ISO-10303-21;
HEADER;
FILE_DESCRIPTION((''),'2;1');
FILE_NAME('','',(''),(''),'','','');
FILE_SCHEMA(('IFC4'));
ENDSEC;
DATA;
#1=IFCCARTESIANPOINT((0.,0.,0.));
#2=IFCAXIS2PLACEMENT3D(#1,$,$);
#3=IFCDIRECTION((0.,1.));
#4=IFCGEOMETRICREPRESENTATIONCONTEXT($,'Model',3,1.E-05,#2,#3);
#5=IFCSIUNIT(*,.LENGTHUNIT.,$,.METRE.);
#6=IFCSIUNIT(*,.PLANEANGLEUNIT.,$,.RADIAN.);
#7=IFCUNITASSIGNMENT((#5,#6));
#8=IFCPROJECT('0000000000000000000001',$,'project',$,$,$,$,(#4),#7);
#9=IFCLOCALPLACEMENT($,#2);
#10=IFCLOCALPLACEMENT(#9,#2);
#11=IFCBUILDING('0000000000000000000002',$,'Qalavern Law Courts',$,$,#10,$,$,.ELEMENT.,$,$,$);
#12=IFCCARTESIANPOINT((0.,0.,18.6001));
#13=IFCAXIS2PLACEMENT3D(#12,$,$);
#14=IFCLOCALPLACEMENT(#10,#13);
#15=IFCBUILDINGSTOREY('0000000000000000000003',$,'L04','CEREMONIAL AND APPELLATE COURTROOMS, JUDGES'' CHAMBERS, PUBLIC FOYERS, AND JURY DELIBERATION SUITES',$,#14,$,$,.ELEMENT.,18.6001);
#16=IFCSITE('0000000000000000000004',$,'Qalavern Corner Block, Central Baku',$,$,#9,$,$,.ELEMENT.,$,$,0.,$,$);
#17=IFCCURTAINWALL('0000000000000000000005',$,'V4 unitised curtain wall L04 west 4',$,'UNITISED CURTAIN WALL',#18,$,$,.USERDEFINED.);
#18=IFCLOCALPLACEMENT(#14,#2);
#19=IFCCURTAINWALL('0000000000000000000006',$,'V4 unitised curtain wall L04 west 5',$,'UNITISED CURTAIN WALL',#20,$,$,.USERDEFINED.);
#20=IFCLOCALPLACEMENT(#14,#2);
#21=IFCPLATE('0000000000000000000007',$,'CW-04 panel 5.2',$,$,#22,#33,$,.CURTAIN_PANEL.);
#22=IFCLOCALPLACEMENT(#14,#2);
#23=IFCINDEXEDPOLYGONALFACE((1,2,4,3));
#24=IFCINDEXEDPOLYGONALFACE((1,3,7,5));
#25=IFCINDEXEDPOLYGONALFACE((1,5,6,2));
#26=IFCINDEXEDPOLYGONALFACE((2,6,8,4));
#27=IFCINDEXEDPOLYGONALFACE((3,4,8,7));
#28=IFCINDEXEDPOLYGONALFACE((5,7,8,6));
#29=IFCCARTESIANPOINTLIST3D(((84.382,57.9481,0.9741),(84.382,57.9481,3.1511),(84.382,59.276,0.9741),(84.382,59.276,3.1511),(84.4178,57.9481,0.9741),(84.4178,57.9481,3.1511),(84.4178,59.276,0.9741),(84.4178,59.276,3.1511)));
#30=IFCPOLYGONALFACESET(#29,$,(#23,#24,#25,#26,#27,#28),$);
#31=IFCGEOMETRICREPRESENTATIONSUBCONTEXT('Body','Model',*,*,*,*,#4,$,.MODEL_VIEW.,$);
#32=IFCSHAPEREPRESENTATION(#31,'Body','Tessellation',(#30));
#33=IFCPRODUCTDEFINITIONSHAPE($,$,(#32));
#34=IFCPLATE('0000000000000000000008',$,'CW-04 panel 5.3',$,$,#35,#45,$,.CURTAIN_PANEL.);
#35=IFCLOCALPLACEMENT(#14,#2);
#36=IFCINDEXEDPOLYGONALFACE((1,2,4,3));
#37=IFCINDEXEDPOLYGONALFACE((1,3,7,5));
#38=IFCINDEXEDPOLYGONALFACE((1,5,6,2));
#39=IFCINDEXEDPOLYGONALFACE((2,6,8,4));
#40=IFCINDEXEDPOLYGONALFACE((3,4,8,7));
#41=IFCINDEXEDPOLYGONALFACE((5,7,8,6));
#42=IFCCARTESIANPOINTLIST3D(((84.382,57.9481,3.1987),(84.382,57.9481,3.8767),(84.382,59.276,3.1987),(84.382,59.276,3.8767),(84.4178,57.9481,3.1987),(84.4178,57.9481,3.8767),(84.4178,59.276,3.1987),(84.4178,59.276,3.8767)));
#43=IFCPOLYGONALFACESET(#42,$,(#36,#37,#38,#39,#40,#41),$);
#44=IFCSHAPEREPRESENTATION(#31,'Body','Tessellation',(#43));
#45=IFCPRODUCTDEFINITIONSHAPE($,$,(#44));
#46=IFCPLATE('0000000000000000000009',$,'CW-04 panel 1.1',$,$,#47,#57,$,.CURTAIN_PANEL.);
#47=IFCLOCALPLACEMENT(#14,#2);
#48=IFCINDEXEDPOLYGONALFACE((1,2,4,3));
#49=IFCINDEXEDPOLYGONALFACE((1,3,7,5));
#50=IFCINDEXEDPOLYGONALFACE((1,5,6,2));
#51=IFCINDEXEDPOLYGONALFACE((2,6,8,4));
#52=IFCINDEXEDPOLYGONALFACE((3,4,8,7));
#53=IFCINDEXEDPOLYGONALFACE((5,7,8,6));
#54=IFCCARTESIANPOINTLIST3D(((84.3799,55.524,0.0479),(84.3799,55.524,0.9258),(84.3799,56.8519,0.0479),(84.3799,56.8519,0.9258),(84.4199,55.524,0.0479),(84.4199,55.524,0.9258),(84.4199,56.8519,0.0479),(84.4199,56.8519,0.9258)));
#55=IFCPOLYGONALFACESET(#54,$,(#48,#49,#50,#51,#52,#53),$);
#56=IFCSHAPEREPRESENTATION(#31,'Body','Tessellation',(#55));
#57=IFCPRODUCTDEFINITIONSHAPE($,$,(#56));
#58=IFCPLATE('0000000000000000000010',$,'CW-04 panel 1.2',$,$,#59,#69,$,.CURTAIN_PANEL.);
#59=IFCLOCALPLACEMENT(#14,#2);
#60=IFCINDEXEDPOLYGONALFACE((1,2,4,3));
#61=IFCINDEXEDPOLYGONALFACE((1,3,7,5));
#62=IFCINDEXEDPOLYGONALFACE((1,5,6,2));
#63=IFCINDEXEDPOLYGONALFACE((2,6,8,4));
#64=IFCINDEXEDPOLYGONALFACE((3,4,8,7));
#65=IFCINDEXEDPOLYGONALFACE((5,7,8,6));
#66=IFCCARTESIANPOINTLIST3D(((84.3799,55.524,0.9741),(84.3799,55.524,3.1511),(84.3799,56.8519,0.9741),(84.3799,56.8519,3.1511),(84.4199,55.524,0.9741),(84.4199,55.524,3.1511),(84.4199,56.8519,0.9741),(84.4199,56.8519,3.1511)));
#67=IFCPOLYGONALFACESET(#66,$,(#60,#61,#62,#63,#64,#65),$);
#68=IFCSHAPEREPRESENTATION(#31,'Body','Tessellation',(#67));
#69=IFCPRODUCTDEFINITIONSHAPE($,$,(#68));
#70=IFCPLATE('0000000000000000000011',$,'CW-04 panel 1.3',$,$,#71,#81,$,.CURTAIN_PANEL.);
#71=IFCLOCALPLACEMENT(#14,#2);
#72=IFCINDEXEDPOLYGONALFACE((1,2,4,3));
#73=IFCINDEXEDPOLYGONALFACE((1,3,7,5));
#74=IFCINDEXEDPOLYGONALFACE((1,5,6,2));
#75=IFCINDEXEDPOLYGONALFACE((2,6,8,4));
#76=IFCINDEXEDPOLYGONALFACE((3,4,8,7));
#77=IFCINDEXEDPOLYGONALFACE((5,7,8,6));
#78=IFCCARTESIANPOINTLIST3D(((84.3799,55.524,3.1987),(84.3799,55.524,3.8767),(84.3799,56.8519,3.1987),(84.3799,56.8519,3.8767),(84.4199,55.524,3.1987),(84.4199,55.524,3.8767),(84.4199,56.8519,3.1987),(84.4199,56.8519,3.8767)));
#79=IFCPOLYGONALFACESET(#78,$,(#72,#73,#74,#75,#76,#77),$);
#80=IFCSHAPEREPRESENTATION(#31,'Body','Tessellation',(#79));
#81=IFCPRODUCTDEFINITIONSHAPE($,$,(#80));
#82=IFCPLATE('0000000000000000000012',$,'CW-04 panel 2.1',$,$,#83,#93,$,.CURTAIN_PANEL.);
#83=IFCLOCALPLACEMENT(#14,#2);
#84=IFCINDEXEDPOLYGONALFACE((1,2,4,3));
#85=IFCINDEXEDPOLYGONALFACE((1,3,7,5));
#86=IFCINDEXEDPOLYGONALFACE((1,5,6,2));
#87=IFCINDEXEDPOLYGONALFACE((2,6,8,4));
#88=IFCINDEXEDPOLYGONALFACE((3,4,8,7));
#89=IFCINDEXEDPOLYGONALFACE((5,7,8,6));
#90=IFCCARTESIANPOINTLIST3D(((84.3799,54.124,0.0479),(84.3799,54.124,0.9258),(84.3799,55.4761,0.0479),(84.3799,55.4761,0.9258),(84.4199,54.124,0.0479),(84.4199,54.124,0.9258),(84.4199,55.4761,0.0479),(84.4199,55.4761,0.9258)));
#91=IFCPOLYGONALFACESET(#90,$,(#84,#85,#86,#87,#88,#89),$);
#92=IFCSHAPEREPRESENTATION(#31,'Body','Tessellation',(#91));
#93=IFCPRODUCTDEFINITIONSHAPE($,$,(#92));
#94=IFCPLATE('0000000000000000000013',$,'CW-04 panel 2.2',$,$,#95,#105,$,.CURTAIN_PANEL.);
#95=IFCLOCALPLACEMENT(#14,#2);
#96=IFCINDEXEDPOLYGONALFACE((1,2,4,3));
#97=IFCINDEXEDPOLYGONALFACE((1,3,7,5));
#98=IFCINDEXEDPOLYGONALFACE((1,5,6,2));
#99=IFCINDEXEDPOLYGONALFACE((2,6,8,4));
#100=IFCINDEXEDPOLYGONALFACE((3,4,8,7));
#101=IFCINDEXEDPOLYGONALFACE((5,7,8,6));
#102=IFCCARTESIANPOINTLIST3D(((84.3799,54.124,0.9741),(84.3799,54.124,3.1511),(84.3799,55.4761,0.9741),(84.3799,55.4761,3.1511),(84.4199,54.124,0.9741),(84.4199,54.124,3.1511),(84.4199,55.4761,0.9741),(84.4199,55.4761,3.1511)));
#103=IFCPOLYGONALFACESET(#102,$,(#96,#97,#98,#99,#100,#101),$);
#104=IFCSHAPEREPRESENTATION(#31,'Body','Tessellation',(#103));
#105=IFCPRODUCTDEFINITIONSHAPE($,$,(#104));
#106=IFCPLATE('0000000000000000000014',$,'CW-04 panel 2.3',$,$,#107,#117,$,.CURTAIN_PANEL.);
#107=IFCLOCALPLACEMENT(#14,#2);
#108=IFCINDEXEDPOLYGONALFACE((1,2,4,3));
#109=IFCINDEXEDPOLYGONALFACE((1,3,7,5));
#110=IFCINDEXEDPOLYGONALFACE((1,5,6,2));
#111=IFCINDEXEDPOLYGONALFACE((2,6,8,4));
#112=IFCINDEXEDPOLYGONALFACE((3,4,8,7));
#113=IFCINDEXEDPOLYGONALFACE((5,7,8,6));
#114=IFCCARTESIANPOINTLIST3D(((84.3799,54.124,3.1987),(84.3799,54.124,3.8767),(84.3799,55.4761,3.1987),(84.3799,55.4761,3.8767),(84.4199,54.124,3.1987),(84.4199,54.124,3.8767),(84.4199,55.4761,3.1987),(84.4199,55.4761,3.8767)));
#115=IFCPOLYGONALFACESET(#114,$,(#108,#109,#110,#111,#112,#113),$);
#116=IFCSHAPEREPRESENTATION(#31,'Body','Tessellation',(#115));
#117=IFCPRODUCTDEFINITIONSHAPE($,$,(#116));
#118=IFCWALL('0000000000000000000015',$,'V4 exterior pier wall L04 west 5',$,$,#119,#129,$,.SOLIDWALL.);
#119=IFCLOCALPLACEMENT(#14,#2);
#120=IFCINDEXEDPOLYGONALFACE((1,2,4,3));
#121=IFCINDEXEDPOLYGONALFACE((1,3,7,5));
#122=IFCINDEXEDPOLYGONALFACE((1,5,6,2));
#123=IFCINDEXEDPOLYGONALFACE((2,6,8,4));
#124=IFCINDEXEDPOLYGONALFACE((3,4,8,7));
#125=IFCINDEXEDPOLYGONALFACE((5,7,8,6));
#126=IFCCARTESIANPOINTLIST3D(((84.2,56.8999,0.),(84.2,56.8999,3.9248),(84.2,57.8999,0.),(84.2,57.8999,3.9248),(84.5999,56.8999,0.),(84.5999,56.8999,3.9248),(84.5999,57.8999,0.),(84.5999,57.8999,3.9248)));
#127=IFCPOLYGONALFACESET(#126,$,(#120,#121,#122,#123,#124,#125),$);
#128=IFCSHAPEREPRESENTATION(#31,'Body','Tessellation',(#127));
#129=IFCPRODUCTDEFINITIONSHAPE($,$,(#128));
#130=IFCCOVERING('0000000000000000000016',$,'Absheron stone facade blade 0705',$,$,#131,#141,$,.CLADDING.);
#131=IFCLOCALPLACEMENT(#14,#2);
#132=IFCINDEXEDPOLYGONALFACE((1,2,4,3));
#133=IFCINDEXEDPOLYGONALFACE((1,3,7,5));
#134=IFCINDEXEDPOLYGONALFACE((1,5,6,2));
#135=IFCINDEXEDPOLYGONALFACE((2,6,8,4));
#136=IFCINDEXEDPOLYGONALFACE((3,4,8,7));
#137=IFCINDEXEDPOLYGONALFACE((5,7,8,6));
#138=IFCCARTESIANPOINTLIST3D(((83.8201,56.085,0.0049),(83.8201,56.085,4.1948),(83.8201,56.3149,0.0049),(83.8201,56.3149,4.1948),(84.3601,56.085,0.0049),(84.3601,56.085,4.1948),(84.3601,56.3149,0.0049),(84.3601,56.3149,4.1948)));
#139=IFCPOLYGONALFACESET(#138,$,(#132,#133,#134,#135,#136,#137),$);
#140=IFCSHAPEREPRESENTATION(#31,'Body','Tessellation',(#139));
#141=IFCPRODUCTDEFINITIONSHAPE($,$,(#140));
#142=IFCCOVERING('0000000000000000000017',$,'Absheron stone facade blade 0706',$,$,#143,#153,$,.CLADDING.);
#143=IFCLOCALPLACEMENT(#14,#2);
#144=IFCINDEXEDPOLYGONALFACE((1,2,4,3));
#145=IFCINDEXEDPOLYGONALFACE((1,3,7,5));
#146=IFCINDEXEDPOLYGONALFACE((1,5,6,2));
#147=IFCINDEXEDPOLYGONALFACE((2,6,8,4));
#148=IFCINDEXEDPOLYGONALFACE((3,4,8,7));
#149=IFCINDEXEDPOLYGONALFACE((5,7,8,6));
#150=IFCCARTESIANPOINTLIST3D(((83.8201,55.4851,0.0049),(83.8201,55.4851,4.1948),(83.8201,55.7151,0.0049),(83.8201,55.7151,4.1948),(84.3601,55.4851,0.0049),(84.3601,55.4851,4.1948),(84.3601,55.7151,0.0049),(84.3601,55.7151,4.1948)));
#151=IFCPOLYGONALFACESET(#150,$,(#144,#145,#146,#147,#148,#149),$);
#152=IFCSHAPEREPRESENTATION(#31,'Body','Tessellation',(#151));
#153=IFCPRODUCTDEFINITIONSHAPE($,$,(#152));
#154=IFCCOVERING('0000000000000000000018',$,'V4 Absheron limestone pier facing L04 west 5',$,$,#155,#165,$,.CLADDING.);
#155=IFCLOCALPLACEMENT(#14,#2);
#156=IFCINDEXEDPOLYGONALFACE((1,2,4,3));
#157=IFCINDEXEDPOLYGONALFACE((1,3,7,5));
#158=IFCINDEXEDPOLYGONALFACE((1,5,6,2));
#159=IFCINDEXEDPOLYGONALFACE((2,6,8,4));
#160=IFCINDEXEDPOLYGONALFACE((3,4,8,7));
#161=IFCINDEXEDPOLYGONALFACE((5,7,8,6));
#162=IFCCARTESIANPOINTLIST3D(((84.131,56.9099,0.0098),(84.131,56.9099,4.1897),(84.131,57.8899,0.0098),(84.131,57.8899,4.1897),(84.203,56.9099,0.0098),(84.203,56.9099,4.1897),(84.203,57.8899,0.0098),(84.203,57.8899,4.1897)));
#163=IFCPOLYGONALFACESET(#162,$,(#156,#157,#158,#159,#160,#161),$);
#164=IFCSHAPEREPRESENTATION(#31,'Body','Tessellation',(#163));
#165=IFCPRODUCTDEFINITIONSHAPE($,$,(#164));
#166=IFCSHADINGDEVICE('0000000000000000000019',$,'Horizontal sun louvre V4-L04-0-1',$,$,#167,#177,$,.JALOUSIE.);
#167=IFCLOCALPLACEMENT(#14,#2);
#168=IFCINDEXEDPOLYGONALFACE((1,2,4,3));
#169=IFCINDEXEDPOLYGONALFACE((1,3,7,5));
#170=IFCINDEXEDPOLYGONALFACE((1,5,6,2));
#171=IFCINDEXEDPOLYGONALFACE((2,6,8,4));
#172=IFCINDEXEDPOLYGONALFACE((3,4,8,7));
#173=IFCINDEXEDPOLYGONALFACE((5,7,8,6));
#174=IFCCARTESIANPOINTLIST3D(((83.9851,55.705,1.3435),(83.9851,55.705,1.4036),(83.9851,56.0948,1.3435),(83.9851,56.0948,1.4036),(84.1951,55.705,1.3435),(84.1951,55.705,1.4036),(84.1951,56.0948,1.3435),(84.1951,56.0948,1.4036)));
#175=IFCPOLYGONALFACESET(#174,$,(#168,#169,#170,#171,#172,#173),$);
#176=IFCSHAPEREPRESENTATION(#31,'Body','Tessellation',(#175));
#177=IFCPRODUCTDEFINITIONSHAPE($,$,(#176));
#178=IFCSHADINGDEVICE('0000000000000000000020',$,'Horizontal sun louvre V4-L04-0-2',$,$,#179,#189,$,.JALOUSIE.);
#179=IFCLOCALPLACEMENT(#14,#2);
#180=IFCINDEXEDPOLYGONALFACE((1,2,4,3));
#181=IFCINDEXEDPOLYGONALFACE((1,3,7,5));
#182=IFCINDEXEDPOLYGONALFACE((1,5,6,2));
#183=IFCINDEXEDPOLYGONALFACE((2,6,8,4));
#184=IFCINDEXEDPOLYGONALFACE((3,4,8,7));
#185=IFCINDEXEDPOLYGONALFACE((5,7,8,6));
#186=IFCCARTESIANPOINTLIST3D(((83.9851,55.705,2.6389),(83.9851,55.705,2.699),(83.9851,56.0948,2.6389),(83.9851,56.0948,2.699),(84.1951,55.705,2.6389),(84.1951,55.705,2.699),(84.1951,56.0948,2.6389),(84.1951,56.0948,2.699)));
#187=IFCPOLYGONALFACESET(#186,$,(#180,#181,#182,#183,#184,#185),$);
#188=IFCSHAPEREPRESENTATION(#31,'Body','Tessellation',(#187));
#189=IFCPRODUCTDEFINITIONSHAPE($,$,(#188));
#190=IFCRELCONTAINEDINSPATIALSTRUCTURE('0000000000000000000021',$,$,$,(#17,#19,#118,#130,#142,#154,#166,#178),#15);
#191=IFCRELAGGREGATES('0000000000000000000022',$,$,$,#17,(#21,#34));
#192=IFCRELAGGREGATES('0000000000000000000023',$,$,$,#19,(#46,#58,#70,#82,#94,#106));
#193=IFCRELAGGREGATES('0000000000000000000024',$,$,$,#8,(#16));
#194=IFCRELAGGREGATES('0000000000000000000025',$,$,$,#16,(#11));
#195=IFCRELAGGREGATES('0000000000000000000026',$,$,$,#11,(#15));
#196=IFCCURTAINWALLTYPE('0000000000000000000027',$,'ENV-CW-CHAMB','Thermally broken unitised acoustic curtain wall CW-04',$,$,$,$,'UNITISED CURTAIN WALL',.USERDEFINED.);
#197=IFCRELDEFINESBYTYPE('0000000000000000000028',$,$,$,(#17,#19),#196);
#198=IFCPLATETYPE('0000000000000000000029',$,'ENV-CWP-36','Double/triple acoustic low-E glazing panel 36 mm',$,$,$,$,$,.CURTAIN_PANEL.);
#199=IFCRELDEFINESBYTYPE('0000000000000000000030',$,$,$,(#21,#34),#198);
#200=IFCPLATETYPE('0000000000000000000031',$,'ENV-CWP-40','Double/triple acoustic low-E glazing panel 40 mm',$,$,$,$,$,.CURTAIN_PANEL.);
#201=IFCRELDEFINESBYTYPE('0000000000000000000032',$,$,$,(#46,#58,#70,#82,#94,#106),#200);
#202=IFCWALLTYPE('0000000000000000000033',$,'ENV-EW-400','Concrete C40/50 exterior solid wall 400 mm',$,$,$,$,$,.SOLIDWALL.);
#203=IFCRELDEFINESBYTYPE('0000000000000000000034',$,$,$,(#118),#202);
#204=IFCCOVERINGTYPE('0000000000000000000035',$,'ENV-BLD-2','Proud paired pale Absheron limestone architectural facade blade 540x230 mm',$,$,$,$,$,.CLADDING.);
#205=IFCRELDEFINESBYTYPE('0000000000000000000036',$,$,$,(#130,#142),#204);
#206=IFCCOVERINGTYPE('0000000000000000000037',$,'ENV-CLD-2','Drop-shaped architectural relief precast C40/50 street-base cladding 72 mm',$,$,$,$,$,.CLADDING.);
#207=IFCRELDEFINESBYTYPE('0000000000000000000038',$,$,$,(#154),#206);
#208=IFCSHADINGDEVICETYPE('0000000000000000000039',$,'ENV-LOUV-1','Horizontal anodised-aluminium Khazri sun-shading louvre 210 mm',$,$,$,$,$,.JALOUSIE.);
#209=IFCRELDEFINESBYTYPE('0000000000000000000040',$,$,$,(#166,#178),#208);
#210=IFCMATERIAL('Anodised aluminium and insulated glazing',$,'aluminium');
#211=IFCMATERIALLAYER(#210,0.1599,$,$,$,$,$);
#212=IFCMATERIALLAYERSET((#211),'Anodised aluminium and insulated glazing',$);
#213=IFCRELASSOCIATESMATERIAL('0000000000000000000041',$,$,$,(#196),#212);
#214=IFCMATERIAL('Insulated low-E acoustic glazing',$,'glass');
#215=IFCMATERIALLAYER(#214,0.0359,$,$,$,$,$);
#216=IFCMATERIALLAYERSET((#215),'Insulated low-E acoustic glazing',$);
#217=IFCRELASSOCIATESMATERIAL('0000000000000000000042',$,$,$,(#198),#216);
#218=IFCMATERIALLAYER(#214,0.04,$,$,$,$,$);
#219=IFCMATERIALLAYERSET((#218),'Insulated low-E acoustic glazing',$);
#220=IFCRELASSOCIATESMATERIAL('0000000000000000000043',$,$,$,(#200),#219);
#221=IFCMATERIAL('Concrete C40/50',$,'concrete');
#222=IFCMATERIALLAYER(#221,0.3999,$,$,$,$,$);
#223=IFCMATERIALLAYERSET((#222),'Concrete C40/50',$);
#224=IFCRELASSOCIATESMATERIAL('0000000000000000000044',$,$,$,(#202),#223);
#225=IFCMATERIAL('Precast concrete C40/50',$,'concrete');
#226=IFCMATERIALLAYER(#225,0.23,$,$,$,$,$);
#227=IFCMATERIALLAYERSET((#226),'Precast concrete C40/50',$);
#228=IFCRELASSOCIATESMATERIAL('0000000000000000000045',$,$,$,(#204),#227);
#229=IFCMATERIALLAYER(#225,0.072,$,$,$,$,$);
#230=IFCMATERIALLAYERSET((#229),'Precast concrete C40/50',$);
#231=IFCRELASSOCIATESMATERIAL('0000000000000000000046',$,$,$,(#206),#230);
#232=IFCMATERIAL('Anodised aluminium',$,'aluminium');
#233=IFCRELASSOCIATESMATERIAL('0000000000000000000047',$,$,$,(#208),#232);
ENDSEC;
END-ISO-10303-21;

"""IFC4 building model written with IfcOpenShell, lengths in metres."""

from ifc_helpers import new_model, si_unit, direction, frame, frame_2d, origin, origin_2d, place, context, subcontext, project, spatial, rectangle, extrude, material, layer, layer_set, type_object, element, aggregate, save


model = new_model("IFC4")

# Units and contexts
model_context = context("Model", 3, precision=1e-05, world=origin(), true_north=direction((0.0, 1.0)))
body_context = subcontext(model_context, "Body", "Model", "MODEL_VIEW")
ifc_project = project(units=[si_unit("LENGTHUNIT", "METRE"), si_unit("PLANEANGLEUNIT", "RADIAN")], contexts=[model_context])

# Site, building, storey
site_placement = place(None, origin())
site = spatial("IfcSite", under=ifc_project, at=site_placement, Name="Qalavern Corner Block, Central Baku", CompositionType="ELEMENT", RefElevation=0.0)
building_placement = place(site_placement, origin())
building = spatial("IfcBuilding", under=site, at=building_placement, Name="Qalavern Law Courts", CompositionType="ELEMENT")
storey_placement = place(building_placement, frame((0.0, 0.0, 18.6001)))
storey = spatial("IfcBuildingStorey", under=building, at=storey_placement, Name="L04", Description="CEREMONIAL AND APPELLATE COURTROOMS, JUDGES' CHAMBERS, PUBLIC FOYERS, AND JURY DELIBERATION SUITES", CompositionType="ELEMENT", Elevation=18.6001)

# Curtain wall
ifc_material_1 = material(Name="Anodised aluminium and insulated glazing", Category="aluminium")
ifc_layer_1 = layer(ifc_material_1, 0.1599)
ifc_layer_set_1 = layer_set([ifc_layer_1], Name="Anodised aluminium and insulated glazing")
curtain_wall_type = type_object("IfcCurtainWallType", Name="ENV-CW-CHAMB", Description="Thermally broken unitised acoustic curtain wall CW-04", ElementType="UNITISED CURTAIN WALL", PredefinedType="USERDEFINED", material=ifc_layer_set_1)
curtain_wall_1_placement = place(storey_placement, origin())
curtain_wall_1 = element("IfcCurtainWall", 1, at=curtain_wall_1_placement, inside=storey, type_object=curtain_wall_type, Name="V4 unitised curtain wall L04 west 4", ObjectType="UNITISED CURTAIN WALL", PredefinedType="USERDEFINED")
ifc_material_2 = material(Name="Anodised aluminium", Category="aluminium")

# Curtain wall
curtain_wall_2_placement = place(storey_placement, origin())
curtain_wall_2 = element("IfcCurtainWall", 2, at=curtain_wall_2_placement, inside=storey, type_object=curtain_wall_type, Name="V4 unitised curtain wall L04 west 5", ObjectType="UNITISED CURTAIN WALL", PredefinedType="USERDEFINED")

# Shared definitions
ifc_material_3 = material(Name="Concrete C40/50", Category="concrete")

# Plates
ifc_material_4 = material(Name="Insulated low-E acoustic glazing", Category="glass")
ifc_layer_2 = layer(ifc_material_4, 0.0359)
ifc_layer_set_2 = layer_set([ifc_layer_2], Name="Insulated low-E acoustic glazing")
plate_type_1 = type_object("IfcPlateType", Name="ENV-CWP-36", Description="Double/triple acoustic low-E glazing panel 36 mm", PredefinedType="CURTAIN_PANEL", material=ifc_layer_set_2)
plate_1_placement = place(storey_placement, frame((84.3999, 58.6121, 0.9741), z_axis=(0.0, 0.0, 1.0), x_axis=(0.0, -1.0, 0.0)))
plate_1 = element("IfcPlate", 3, at=plate_1_placement, type_object=plate_type_1, Name="CW-04 panel 5.2", PredefinedType="CURTAIN_PANEL", context=body_context, shape_type="SweptSolid", body=[
    extrude(rectangle(XDim=1.3279, YDim=0.0359, at=origin_2d()), origin(), (0.0, 0.0, 1.0), 2.177),
])
plate_2_placement = place(storey_placement, frame((84.3999, 58.6121, 3.1987), z_axis=(0.0, 0.0, 1.0), x_axis=(0.0, -1.0, 0.0)))
plate_2 = element("IfcPlate", 4, at=plate_2_placement, type_object=plate_type_1, Name="CW-04 panel 5.3", PredefinedType="CURTAIN_PANEL", context=body_context, shape_type="SweptSolid", body=[
    extrude(rectangle(XDim=1.3279, YDim=0.0359, at=origin_2d()), origin(), (0.0, 0.0, 1.0), 0.678),
])
aggregate(curtain_wall_1, [plate_1, plate_2])
ifc_layer_3 = layer(ifc_material_4, 0.04)
ifc_layer_set_3 = layer_set([ifc_layer_3], Name="Insulated low-E acoustic glazing")
plate_type_2 = type_object("IfcPlateType", Name="ENV-CWP-40", Description="Double/triple acoustic low-E glazing panel 40 mm", PredefinedType="CURTAIN_PANEL", material=ifc_layer_set_3)
plate_3_placement = place(storey_placement, frame((84.3999, 56.188, 0.0479), z_axis=(0.0, 0.0, 1.0), x_axis=(0.0, -1.0, 0.0)))
plate_3 = element("IfcPlate", 5, at=plate_3_placement, type_object=plate_type_2, Name="CW-04 panel 1.1", PredefinedType="CURTAIN_PANEL", context=body_context, shape_type="SweptSolid", body=[
    extrude(rectangle(XDim=1.3279, YDim=0.04, at=origin_2d()), origin(), (0.0, 0.0, 1.0), 0.8779),
])
plate_4_placement = place(storey_placement, frame((84.3999, 56.188, 0.9741), z_axis=(0.0, 0.0, 1.0), x_axis=(0.0, -1.0, 0.0)))
plate_4 = element("IfcPlate", 6, at=plate_4_placement, type_object=plate_type_2, Name="CW-04 panel 1.2", PredefinedType="CURTAIN_PANEL", context=body_context, shape_type="SweptSolid", body=[
    extrude(rectangle(XDim=1.3279, YDim=0.04, at=origin_2d()), origin(), (0.0, 0.0, 1.0), 2.177),
])
plate_5_placement = place(storey_placement, frame((84.3999, 56.188, 3.1987), z_axis=(0.0, 0.0, 1.0), x_axis=(0.0, -1.0, 0.0)))
plate_5 = element("IfcPlate", 7, at=plate_5_placement, type_object=plate_type_2, Name="CW-04 panel 1.3", PredefinedType="CURTAIN_PANEL", context=body_context, shape_type="SweptSolid", body=[
    extrude(rectangle(XDim=1.3279, YDim=0.04, at=origin_2d()), origin(), (0.0, 0.0, 1.0), 0.678),
])
plate_6_placement = place(storey_placement, frame((84.3999, 54.8, 0.0479), z_axis=(0.0, 0.0, 1.0), x_axis=(0.0, -1.0, 0.0)))
plate_6 = element("IfcPlate", 8, at=plate_6_placement, type_object=plate_type_2, Name="CW-04 panel 2.1", PredefinedType="CURTAIN_PANEL", context=body_context, shape_type="SweptSolid", body=[
    extrude(rectangle(XDim=1.3521, YDim=0.04, at=origin_2d()), origin(), (0.0, 0.0, 1.0), 0.8779),
])
plate_7_placement = place(storey_placement, frame((84.3999, 54.8, 0.9741), z_axis=(0.0, 0.0, 1.0), x_axis=(0.0, -1.0, 0.0)))
plate_7 = element("IfcPlate", 9, at=plate_7_placement, type_object=plate_type_2, Name="CW-04 panel 2.2", PredefinedType="CURTAIN_PANEL", context=body_context, shape_type="SweptSolid", body=[
    extrude(rectangle(XDim=1.3521, YDim=0.04, at=origin_2d()), origin(), (0.0, 0.0, 1.0), 2.177),
])
plate_8_placement = place(storey_placement, frame((84.3999, 54.8, 3.1987), z_axis=(0.0, 0.0, 1.0), x_axis=(0.0, -1.0, 0.0)))
plate_8 = element("IfcPlate", 10, at=plate_8_placement, type_object=plate_type_2, Name="CW-04 panel 2.3", PredefinedType="CURTAIN_PANEL", context=body_context, shape_type="SweptSolid", body=[
    extrude(rectangle(XDim=1.3521, YDim=0.04, at=origin_2d()), origin(), (0.0, 0.0, 1.0), 0.678),
])
aggregate(curtain_wall_2, [plate_3, plate_4, plate_5, plate_6, plate_7, plate_8])

# Wall
ifc_layer_4 = layer(ifc_material_3, 0.3999)
ifc_layer_set_4 = layer_set([ifc_layer_4], Name="Concrete C40/50")
wall_type = type_object("IfcWallType", Name="ENV-EW-400", Description="Concrete C40/50 exterior solid wall 400 mm", PredefinedType="SOLIDWALL", material=ifc_layer_set_4)
wall_placement = place(storey_placement, frame((84.3999, 57.8999, 0.0), z_axis=(0.0, 0.0, 1.0), x_axis=(0.0, -1.0, 0.0)))
element("IfcWall", 11, at=wall_placement, inside=storey, type_object=wall_type, Name="V4 exterior pier wall L04 west 5", PredefinedType="SOLIDWALL", context=body_context, shape_type="SweptSolid", body=[
    extrude(rectangle(XDim=1.0, YDim=0.3999, at=frame_2d((0.5, 0.0))), origin(), (0.0, 0.0, 1.0), 3.9248),
])

# Coverings
ifc_material_5 = material(Name="Precast concrete C40/50", Category="concrete")
ifc_layer_5 = layer(ifc_material_5, 0.23)
ifc_layer_set_5 = layer_set([ifc_layer_5], Name="Precast concrete C40/50")
covering_type_1 = type_object("IfcCoveringType", Name="ENV-BLD-2", Description="Proud paired pale Absheron limestone architectural facade blade 540x230 mm", PredefinedType="CLADDING", material=ifc_layer_set_5)
for number, where, z_axis, x_axis, name in (
    (12, (84.0901, 56.2, 0.0049), (0.0, 0.0, 1.0), (-1.0, 0.0, 0.0), "Absheron stone facade blade 0705"),
    (13, (84.0901, 55.6001, 0.0049), (0.0, 0.0, 1.0), (-1.0, 0.0, 0.0), "Absheron stone facade blade 0706"),
):
    element("IfcCovering", number, at=place(storey_placement, frame(where, z_axis=z_axis, x_axis=x_axis)), inside=storey, type_object=covering_type_1, Name=name, PredefinedType="CLADDING", context=body_context, shape_type="SweptSolid", body=[
        extrude(rectangle(XDim=0.54, YDim=0.23, at=origin_2d()), origin(), (0.0, 0.0, 1.0), 4.1899),
    ])
ifc_layer_6 = layer(ifc_material_5, 0.072)
ifc_layer_set_6 = layer_set([ifc_layer_6], Name="Precast concrete C40/50")
covering_type_2 = type_object("IfcCoveringType", Name="ENV-CLD-2", Description="Drop-shaped architectural relief precast C40/50 street-base cladding 72 mm", PredefinedType="CLADDING", material=ifc_layer_set_6)
covering_placement = place(storey_placement, frame((84.167, 57.3999, 0.0098), z_axis=(0.0, 0.0, 1.0), x_axis=(0.0, -1.0, 0.0)))
element("IfcCovering", 14, at=covering_placement, inside=storey, type_object=covering_type_2, Name="V4 Absheron limestone pier facing L04 west 5", PredefinedType="CLADDING", context=body_context, shape_type="SweptSolid", body=[
    extrude(rectangle(XDim=0.98, YDim=0.072, at=origin_2d()), origin(), (0.0, 0.0, 1.0), 4.1799),
])

# Shading devices
shading_device_type = type_object("IfcShadingDeviceType", Name="ENV-LOUV-1", Description="Horizontal anodised-aluminium Khazri sun-shading louvre 210 mm", PredefinedType="JALOUSIE", material=ifc_material_2)
for number, where, z_axis, x_axis, name in (
    (15, (84.0901, 55.8999, 1.3435), (0.0, 0.0, 1.0), (0.0, -1.0, 0.0), "Horizontal sun louvre V4-L04-0-1"),
    (16, (84.0901, 55.8999, 2.6389), (0.0, 0.0, 1.0), (0.0, -1.0, 0.0), "Horizontal sun louvre V4-L04-0-2"),
):
    element("IfcShadingDevice", number, at=place(storey_placement, frame(where, z_axis=z_axis, x_axis=x_axis)), inside=storey, type_object=shading_device_type, Name=name, PredefinedType="JALOUSIE", context=body_context, shape_type="SweptSolid", body=[
        extrude(rectangle(XDim=0.3899, YDim=0.21, at=origin_2d()), origin(), (0.0, 0.0, 1.0), 0.0601),
    ])

save(model, "model.ifc")
